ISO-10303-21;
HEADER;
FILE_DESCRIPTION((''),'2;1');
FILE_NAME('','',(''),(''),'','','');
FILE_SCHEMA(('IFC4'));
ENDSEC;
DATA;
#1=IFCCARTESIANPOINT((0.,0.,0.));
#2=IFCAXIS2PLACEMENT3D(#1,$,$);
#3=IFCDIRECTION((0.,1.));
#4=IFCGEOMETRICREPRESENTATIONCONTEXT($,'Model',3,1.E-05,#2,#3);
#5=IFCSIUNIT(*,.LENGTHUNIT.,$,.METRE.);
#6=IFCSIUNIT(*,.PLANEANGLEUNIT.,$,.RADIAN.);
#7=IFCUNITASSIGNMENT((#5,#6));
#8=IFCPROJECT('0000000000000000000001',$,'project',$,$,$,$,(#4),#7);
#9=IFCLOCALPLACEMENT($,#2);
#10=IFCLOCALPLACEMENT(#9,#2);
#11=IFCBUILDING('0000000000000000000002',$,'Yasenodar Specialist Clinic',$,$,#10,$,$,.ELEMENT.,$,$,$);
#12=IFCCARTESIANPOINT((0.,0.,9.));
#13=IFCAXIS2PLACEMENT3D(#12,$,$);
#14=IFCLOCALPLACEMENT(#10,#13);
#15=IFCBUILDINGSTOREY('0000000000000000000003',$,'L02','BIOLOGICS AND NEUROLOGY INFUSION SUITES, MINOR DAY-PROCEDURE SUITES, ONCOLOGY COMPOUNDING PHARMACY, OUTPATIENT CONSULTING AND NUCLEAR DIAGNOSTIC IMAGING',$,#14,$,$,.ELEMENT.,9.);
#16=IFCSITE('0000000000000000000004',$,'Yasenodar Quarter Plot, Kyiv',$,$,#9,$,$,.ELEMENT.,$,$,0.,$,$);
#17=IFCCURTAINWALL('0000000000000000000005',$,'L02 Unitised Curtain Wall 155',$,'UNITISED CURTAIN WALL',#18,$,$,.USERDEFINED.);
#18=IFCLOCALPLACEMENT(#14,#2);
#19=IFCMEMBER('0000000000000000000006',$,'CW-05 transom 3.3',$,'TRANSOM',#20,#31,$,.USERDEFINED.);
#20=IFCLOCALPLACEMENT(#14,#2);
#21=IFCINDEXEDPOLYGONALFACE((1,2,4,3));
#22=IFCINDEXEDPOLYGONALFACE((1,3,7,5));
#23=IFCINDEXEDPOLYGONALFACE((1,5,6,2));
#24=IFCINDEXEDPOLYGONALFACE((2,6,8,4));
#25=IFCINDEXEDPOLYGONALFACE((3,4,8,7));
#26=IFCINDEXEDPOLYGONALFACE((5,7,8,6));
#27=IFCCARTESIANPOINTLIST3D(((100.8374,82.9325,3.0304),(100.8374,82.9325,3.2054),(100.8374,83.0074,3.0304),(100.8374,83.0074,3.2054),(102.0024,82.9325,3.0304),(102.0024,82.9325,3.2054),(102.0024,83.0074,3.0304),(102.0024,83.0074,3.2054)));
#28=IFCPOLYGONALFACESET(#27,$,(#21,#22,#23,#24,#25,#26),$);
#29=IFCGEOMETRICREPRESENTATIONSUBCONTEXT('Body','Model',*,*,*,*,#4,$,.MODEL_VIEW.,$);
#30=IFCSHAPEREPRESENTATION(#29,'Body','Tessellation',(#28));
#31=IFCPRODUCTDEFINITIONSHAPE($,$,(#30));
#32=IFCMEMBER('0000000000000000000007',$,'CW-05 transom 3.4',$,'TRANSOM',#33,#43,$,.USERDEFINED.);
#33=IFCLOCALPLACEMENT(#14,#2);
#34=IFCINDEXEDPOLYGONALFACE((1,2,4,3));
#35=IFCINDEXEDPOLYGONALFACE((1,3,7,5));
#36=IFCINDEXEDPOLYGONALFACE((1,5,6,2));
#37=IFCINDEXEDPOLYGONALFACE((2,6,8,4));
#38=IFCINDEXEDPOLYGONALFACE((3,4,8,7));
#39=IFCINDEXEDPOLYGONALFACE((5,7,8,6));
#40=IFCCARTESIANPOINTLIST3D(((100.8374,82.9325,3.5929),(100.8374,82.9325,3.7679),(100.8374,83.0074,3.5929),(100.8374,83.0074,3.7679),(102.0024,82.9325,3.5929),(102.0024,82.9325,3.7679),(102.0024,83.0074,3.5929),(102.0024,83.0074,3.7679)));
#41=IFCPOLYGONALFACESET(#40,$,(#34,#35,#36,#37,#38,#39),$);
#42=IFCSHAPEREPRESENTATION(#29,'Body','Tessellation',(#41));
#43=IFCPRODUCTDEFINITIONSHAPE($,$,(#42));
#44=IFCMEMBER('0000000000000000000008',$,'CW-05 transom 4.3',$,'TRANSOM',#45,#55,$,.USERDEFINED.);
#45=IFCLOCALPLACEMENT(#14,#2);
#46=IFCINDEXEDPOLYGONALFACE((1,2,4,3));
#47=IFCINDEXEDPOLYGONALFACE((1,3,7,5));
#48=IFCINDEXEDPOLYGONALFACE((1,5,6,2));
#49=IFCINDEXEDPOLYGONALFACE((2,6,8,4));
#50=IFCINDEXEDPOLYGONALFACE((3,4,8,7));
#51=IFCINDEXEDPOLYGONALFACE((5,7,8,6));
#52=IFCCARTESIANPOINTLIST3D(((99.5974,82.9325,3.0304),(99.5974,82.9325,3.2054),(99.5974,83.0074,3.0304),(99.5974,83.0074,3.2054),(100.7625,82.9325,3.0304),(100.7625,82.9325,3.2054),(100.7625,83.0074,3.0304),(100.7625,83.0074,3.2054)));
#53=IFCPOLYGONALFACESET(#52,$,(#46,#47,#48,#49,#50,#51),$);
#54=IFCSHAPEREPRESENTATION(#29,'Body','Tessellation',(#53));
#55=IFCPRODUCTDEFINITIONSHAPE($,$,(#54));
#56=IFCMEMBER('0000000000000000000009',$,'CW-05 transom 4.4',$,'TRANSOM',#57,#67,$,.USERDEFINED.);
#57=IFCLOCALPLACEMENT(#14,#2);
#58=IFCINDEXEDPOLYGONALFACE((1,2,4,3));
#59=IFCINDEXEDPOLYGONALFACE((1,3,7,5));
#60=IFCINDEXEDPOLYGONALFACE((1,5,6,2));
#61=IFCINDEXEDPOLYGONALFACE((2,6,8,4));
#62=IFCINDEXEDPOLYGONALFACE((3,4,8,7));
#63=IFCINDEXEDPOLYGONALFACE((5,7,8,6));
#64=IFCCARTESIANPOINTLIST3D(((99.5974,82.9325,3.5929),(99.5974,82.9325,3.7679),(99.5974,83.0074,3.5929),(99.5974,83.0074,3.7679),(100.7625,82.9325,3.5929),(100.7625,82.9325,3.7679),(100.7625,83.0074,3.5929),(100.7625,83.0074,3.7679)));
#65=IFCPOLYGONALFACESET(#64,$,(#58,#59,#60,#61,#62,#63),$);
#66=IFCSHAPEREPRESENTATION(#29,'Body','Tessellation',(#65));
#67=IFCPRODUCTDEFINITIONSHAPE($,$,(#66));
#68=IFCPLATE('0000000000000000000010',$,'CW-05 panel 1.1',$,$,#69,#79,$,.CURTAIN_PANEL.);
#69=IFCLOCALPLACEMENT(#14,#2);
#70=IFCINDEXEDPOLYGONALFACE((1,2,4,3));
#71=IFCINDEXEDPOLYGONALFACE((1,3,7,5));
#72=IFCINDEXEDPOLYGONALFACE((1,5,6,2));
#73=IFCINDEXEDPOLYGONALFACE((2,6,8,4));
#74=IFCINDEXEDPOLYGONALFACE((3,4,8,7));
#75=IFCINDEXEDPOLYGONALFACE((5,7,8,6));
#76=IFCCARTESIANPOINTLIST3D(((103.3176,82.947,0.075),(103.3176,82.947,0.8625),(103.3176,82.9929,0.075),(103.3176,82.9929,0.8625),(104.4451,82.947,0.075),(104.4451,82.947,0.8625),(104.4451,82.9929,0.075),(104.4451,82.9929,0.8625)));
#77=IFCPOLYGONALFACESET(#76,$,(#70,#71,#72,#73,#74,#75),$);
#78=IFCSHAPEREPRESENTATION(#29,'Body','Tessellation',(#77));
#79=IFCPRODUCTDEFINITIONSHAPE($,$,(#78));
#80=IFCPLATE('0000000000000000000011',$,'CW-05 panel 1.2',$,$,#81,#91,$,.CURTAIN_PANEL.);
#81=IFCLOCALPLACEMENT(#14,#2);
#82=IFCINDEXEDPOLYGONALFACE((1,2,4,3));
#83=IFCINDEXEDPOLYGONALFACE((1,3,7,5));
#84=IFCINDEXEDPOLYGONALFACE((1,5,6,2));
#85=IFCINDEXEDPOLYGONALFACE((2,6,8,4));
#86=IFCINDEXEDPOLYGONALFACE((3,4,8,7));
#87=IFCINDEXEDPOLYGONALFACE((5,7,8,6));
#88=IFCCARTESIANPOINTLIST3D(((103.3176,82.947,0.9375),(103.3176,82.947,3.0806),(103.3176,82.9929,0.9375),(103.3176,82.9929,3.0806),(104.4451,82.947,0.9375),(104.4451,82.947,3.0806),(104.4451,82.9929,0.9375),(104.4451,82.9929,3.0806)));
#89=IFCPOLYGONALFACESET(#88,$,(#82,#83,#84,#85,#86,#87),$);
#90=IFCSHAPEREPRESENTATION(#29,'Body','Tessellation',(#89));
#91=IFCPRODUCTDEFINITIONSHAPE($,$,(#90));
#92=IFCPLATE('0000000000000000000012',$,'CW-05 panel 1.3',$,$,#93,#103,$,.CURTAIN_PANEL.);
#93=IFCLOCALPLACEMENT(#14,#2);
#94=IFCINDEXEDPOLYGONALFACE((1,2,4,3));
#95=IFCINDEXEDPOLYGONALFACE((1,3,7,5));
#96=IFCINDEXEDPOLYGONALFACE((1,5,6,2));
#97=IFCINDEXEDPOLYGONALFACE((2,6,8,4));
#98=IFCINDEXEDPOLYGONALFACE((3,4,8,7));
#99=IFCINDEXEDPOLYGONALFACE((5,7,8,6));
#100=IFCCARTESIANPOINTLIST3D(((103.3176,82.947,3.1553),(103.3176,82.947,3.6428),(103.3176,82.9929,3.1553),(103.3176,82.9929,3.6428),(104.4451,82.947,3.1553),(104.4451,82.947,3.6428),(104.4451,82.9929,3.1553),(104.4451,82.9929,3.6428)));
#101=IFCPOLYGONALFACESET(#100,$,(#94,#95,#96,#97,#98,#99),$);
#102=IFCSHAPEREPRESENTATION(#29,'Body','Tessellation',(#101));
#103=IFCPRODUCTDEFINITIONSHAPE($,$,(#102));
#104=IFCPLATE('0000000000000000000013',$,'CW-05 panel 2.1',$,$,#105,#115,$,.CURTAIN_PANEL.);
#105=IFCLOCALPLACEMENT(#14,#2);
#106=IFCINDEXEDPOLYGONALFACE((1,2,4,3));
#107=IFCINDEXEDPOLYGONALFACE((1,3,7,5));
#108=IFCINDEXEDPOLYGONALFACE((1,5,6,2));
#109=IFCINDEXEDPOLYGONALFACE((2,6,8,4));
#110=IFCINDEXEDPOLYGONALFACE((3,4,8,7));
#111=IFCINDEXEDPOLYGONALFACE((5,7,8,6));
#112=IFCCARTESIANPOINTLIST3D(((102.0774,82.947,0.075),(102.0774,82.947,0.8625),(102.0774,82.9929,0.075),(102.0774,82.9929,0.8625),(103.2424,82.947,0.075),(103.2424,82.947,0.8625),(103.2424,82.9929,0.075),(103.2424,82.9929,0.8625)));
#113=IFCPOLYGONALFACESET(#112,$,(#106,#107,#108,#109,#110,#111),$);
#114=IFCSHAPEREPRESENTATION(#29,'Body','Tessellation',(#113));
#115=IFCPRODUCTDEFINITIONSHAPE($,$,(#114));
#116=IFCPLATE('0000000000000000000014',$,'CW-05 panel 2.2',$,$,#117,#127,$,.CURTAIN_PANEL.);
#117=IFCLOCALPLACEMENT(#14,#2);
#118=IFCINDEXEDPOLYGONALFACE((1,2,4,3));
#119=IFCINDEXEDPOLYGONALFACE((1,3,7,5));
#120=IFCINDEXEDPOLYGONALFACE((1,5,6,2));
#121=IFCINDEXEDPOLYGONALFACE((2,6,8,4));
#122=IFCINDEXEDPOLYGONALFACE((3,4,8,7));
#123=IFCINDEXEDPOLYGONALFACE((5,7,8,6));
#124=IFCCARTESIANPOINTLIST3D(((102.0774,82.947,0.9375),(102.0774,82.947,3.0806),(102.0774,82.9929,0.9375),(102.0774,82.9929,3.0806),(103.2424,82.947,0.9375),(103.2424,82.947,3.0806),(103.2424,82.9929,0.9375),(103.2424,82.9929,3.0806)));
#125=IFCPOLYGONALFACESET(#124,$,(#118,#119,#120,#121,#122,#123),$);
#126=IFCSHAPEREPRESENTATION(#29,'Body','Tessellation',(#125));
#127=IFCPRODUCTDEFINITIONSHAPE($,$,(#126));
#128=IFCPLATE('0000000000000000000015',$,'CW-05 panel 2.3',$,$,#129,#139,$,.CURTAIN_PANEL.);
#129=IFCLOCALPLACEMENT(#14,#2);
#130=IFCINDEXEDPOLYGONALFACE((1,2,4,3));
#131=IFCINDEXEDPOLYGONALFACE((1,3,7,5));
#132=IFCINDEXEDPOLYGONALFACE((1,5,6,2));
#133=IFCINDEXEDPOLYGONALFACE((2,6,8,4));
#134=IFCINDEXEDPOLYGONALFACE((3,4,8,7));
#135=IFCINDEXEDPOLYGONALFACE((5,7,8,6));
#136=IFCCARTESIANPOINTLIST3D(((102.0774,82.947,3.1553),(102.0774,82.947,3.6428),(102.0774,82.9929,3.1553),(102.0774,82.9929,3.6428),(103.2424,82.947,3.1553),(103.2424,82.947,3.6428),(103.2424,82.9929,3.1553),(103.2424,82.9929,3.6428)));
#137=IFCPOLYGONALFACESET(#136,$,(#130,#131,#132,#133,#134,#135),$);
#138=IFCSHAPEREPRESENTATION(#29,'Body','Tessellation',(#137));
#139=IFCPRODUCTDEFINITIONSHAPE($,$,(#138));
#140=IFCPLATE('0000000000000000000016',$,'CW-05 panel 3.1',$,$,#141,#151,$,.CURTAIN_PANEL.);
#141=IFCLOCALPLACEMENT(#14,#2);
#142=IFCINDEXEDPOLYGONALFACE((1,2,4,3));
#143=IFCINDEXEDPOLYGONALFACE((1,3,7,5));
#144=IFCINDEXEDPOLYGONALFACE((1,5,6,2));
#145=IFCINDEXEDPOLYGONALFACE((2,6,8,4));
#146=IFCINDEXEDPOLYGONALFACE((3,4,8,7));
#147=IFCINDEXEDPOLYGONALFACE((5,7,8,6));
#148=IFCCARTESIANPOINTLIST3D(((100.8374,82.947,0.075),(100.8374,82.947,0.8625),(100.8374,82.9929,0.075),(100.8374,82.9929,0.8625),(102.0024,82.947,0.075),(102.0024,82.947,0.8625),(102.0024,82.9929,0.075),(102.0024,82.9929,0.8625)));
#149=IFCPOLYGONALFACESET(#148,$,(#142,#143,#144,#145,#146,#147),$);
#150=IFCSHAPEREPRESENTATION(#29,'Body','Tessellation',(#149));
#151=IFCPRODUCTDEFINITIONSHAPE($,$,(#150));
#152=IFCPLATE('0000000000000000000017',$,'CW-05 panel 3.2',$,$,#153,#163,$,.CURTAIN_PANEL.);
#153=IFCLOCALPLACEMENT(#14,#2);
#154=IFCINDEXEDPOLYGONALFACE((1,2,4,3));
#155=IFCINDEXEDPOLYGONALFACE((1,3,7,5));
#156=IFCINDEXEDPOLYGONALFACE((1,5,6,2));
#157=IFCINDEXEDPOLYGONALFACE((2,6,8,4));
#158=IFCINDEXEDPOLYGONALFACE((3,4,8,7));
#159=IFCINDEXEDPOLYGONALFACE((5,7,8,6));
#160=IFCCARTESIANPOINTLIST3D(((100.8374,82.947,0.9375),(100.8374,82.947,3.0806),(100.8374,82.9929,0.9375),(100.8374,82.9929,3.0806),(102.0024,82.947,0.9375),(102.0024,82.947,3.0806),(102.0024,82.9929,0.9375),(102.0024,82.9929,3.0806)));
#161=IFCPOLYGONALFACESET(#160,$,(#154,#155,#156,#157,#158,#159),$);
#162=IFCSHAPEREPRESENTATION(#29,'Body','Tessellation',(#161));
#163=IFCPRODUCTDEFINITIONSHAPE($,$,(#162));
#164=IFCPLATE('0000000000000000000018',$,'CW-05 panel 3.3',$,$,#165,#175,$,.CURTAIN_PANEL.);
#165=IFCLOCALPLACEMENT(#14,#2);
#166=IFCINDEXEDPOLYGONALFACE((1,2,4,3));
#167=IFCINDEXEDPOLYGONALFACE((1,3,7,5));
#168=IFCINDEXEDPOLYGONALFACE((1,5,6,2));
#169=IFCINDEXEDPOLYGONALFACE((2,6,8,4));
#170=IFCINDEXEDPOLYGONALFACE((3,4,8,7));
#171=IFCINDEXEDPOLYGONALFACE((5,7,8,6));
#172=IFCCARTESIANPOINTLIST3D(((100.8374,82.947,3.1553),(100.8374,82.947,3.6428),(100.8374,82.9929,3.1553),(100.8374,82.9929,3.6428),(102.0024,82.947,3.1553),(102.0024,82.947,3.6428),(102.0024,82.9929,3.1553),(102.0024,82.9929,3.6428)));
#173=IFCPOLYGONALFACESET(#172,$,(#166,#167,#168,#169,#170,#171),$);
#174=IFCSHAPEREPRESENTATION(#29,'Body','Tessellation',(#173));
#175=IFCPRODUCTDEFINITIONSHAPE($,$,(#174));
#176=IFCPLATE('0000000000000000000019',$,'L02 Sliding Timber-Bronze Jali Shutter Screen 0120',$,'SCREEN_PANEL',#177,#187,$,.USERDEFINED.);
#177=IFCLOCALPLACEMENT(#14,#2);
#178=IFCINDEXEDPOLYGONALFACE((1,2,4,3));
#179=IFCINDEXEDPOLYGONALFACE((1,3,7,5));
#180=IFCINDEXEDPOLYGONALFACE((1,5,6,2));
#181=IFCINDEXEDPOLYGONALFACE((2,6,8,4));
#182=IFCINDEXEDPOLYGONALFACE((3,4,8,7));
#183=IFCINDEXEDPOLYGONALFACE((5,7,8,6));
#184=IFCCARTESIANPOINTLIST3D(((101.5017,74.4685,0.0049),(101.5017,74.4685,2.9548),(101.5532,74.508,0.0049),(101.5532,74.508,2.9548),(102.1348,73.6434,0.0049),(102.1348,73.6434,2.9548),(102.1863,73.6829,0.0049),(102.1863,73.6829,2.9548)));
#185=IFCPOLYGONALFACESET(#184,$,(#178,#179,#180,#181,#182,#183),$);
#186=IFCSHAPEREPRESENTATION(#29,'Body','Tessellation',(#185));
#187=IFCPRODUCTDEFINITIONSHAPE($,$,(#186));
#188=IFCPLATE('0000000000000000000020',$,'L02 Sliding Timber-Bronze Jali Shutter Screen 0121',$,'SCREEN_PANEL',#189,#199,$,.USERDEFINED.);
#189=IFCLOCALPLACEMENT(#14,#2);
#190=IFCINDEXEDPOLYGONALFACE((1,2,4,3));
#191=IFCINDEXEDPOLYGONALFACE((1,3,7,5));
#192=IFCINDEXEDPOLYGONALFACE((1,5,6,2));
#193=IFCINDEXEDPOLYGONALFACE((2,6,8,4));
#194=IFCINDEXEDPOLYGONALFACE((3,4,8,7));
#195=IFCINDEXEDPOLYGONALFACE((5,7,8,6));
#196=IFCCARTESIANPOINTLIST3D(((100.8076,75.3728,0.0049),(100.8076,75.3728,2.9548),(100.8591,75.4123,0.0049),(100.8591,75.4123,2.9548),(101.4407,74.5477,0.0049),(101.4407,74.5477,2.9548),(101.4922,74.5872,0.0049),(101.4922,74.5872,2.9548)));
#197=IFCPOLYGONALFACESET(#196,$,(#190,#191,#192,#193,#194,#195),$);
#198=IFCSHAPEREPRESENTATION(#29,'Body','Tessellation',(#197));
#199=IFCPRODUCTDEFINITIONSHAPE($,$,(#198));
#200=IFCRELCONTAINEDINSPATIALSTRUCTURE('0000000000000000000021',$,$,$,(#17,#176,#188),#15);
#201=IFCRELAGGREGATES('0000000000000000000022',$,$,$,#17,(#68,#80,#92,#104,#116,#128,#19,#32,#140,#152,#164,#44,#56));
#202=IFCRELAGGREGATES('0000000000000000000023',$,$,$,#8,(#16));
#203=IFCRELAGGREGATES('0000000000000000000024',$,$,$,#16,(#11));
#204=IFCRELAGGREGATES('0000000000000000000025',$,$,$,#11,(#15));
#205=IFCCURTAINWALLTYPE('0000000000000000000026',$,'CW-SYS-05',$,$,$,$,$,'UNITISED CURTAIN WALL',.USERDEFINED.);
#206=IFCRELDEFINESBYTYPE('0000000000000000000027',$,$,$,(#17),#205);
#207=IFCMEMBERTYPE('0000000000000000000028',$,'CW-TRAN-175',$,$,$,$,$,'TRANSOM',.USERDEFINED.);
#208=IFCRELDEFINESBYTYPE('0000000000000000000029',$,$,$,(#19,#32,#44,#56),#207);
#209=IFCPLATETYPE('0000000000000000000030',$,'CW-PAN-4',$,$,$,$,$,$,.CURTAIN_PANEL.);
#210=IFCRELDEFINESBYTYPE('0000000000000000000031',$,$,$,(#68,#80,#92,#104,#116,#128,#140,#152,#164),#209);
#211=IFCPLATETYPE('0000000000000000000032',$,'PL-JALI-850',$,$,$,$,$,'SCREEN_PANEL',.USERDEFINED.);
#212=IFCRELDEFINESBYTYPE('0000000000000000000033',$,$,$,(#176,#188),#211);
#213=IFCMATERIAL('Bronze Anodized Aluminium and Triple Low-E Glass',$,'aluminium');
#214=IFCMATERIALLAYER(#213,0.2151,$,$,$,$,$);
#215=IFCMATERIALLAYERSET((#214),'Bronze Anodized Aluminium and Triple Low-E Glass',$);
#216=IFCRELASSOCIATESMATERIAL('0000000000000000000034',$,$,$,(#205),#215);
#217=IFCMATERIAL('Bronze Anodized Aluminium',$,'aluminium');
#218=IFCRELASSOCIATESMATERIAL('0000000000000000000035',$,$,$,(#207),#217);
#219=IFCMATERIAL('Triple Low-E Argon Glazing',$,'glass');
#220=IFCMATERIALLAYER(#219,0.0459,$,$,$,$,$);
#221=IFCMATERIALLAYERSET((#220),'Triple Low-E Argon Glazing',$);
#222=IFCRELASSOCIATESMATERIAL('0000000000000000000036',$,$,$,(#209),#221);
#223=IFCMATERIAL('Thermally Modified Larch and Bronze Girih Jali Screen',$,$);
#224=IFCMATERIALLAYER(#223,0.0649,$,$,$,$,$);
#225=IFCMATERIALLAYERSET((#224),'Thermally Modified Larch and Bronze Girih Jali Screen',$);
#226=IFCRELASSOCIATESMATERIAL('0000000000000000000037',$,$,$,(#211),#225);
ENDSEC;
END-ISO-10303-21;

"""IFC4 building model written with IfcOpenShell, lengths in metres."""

from ifc_helpers import new_model, si_unit, direction, frame, origin, origin_2d, place, context, subcontext, project, spatial, rectangle, extrude, material, layer, layer_set, material_profile, profile_set, type_object, element, aggregate, save


model = new_model("IFC4")

# Units and contexts
model_context = context("Model", 3, precision=1e-05, world=origin(), true_north=direction((0.0, 1.0)))
body_context = subcontext(model_context, "Body", "Model", "MODEL_VIEW")
ifc_project = project(units=[si_unit("LENGTHUNIT", "METRE"), si_unit("PLANEANGLEUNIT", "RADIAN")], contexts=[model_context])

# Site, building, storey
site_placement = place(None, origin())
site = spatial("IfcSite", under=ifc_project, at=site_placement, Name="Yasenodar Quarter Plot, Kyiv", CompositionType="ELEMENT", RefElevation=0.0)
building_placement = place(site_placement, origin())
building = spatial("IfcBuilding", under=site, at=building_placement, Name="Yasenodar Specialist Clinic", CompositionType="ELEMENT")
storey_placement = place(building_placement, frame((0.0, 0.0, 9.0)))
storey = spatial("IfcBuildingStorey", under=building, at=storey_placement, Name="L02", Description="BIOLOGICS AND NEUROLOGY INFUSION SUITES, MINOR DAY-PROCEDURE SUITES, ONCOLOGY COMPOUNDING PHARMACY, OUTPATIENT CONSULTING AND NUCLEAR DIAGNOSTIC IMAGING", CompositionType="ELEMENT", Elevation=9.0)

# Curtain wall, members, plates
ifc_material_1 = material(Name="Bronze Anodized Aluminium and Triple Low-E Glass", Category="aluminium")
ifc_layer_1 = layer(ifc_material_1, 0.2151)
ifc_layer_set_1 = layer_set([ifc_layer_1], Name="Bronze Anodized Aluminium and Triple Low-E Glass")
curtain_wall_type = type_object("IfcCurtainWallType", Name="CW-SYS-05", ElementType="UNITISED CURTAIN WALL", PredefinedType="USERDEFINED", material=ifc_layer_set_1)
curtain_wall_placement = place(storey_placement, origin())
curtain_wall = element("IfcCurtainWall", 1, at=curtain_wall_placement, inside=storey, type_object=curtain_wall_type, Name="L02 Unitised Curtain Wall 155", ObjectType="UNITISED CURTAIN WALL", PredefinedType="USERDEFINED")
ifc_material_2 = material(Name="Bronze Anodized Aluminium", Category="aluminium")
ifc_material_profile_1 = material_profile(ifc_material_2, rectangle(XDim=0.075, YDim=0.175, at=origin_2d()), Name="CW-TRAN 75x175")
ifc_profile_set_1 = profile_set([ifc_material_profile_1], Name="Bronze Anodized Aluminium")
member_type_1 = type_object("IfcMemberType", Name="CW-TRAN-175", ElementType="TRANSOM", PredefinedType="USERDEFINED", material=ifc_profile_set_1)
member_1_placement = place(storey_placement, frame((102.0024, 82.97, 3.1179), z_axis=(-1.0, 0.0, 0.0), x_axis=(0.0, -1.0, 0.0)))
member_1 = element("IfcMember", 2, at=member_1_placement, type_object=member_type_1, Name="CW-05 transom 3.3", ObjectType="TRANSOM", PredefinedType="USERDEFINED", context=body_context, shape_type="SweptSolid", body=[
    extrude(rectangle(XDim=0.075, YDim=0.175, at=origin_2d()), origin(), (0.0, 0.0, 1.0), 1.165),
])
member_2_placement = place(storey_placement, frame((102.0024, 82.97, 3.6804), z_axis=(-1.0, 0.0, 0.0), x_axis=(0.0, -1.0, 0.0)))
member_2 = element("IfcMember", 3, at=member_2_placement, type_object=member_type_1, Name="CW-05 transom 3.4", ObjectType="TRANSOM", PredefinedType="USERDEFINED", context=body_context, shape_type="SweptSolid", body=[
    extrude(rectangle(XDim=0.075, YDim=0.175, at=origin_2d()), origin(), (0.0, 0.0, 1.0), 1.165),
])
member_3_placement = place(storey_placement, frame((100.7625, 82.97, 3.1179), z_axis=(-1.0, 0.0, 0.0), x_axis=(0.0, -1.0, 0.0)))
member_3 = element("IfcMember", 4, at=member_3_placement, type_object=member_type_1, Name="CW-05 transom 4.3", ObjectType="TRANSOM", PredefinedType="USERDEFINED", context=body_context, shape_type="SweptSolid", body=[
    extrude(rectangle(XDim=0.075, YDim=0.175, at=origin_2d()), origin(), (0.0, 0.0, 1.0), 1.165),
])
member_4_placement = place(storey_placement, frame((100.7625, 82.97, 3.6804), z_axis=(-1.0, 0.0, 0.0), x_axis=(0.0, -1.0, 0.0)))
member_4 = element("IfcMember", 5, at=member_4_placement, type_object=member_type_1, Name="CW-05 transom 4.4", ObjectType="TRANSOM", PredefinedType="USERDEFINED", context=body_context, shape_type="SweptSolid", body=[
    extrude(rectangle(XDim=0.075, YDim=0.175, at=origin_2d()), origin(), (0.0, 0.0, 1.0), 1.165),
])
ifc_material_3 = material(Name="Triple Low-E Argon Glazing", Category="glass")
ifc_layer_2 = layer(ifc_material_3, 0.0459)
ifc_layer_set_2 = layer_set([ifc_layer_2], Name="Triple Low-E Argon Glazing")
plate_type_1 = type_object("IfcPlateType", Name="CW-PAN-4", PredefinedType="CURTAIN_PANEL", material=ifc_layer_set_2)
plate_1_placement = place(storey_placement, frame((103.8813, 82.97, 0.075), z_axis=(0.0, 0.0, 1.0), x_axis=(-1.0, 0.0, 0.0)))
plate_1 = element("IfcPlate", 6, at=plate_1_placement, type_object=plate_type_1, Name="CW-05 panel 1.1", PredefinedType="CURTAIN_PANEL", context=body_context, shape_type="SweptSolid", body=[
    extrude(rectangle(XDim=1.1274, YDim=0.0459, at=origin_2d()), origin(), (0.0, 0.0, 1.0), 0.7876),
])
plate_2_placement = place(storey_placement, frame((103.8813, 82.97, 0.9375), z_axis=(0.0, 0.0, 1.0), x_axis=(-1.0, 0.0, 0.0)))
plate_2 = element("IfcPlate", 7, at=plate_2_placement, type_object=plate_type_1, Name="CW-05 panel 1.2", PredefinedType="CURTAIN_PANEL", context=body_context, shape_type="SweptSolid", body=[
    extrude(rectangle(XDim=1.1274, YDim=0.0459, at=origin_2d()), origin(), (0.0, 0.0, 1.0), 2.1431),
])
plate_3_placement = place(storey_placement, frame((103.8813, 82.97, 3.1553), z_axis=(0.0, 0.0, 1.0), x_axis=(-1.0, 0.0, 0.0)))
plate_3 = element("IfcPlate", 8, at=plate_3_placement, type_object=plate_type_1, Name="CW-05 panel 1.3", PredefinedType="CURTAIN_PANEL", context=body_context, shape_type="SweptSolid", body=[
    extrude(rectangle(XDim=1.1274, YDim=0.0459, at=origin_2d()), origin(), (0.0, 0.0, 1.0), 0.4875),
])
plate_4_placement = place(storey_placement, frame((102.6599, 82.97, 0.075), z_axis=(0.0, 0.0, 1.0), x_axis=(-1.0, 0.0, 0.0)))
plate_4 = element("IfcPlate", 9, at=plate_4_placement, type_object=plate_type_1, Name="CW-05 panel 2.1", PredefinedType="CURTAIN_PANEL", context=body_context, shape_type="SweptSolid", body=[
    extrude(rectangle(XDim=1.165, YDim=0.0459, at=origin_2d()), origin(), (0.0, 0.0, 1.0), 0.7876),
])
plate_5_placement = place(storey_placement, frame((102.6599, 82.97, 0.9375), z_axis=(0.0, 0.0, 1.0), x_axis=(-1.0, 0.0, 0.0)))
plate_5 = element("IfcPlate", 10, at=plate_5_placement, type_object=plate_type_1, Name="CW-05 panel 2.2", PredefinedType="CURTAIN_PANEL", context=body_context, shape_type="SweptSolid", body=[
    extrude(rectangle(XDim=1.165, YDim=0.0459, at=origin_2d()), origin(), (0.0, 0.0, 1.0), 2.1431),
])
plate_6_placement = place(storey_placement, frame((102.6599, 82.97, 3.1553), z_axis=(0.0, 0.0, 1.0), x_axis=(-1.0, 0.0, 0.0)))
plate_6 = element("IfcPlate", 11, at=plate_6_placement, type_object=plate_type_1, Name="CW-05 panel 2.3", PredefinedType="CURTAIN_PANEL", context=body_context, shape_type="SweptSolid", body=[
    extrude(rectangle(XDim=1.165, YDim=0.0459, at=origin_2d()), origin(), (0.0, 0.0, 1.0), 0.4875),
])
plate_7_placement = place(storey_placement, frame((101.4199, 82.97, 0.075), z_axis=(0.0, 0.0, 1.0), x_axis=(-1.0, 0.0, 0.0)))
plate_7 = element("IfcPlate", 12, at=plate_7_placement, type_object=plate_type_1, Name="CW-05 panel 3.1", PredefinedType="CURTAIN_PANEL", context=body_context, shape_type="SweptSolid", body=[
    extrude(rectangle(XDim=1.165, YDim=0.0459, at=origin_2d()), origin(), (0.0, 0.0, 1.0), 0.7876),
])
plate_8_placement = place(storey_placement, frame((101.4199, 82.97, 0.9375), z_axis=(0.0, 0.0, 1.0), x_axis=(-1.0, 0.0, 0.0)))
plate_8 = element("IfcPlate", 13, at=plate_8_placement, type_object=plate_type_1, Name="CW-05 panel 3.2", PredefinedType="CURTAIN_PANEL", context=body_context, shape_type="SweptSolid", body=[
    extrude(rectangle(XDim=1.165, YDim=0.0459, at=origin_2d()), origin(), (0.0, 0.0, 1.0), 2.1431),
])
plate_9_placement = place(storey_placement, frame((101.4199, 82.97, 3.1553), z_axis=(0.0, 0.0, 1.0), x_axis=(-1.0, 0.0, 0.0)))
plate_9 = element("IfcPlate", 14, at=plate_9_placement, type_object=plate_type_1, Name="CW-05 panel 3.3", PredefinedType="CURTAIN_PANEL", context=body_context, shape_type="SweptSolid", body=[
    extrude(rectangle(XDim=1.165, YDim=0.0459, at=origin_2d()), origin(), (0.0, 0.0, 1.0), 0.4875),
])
aggregate(curtain_wall, [plate_1, plate_2, plate_3, plate_4, plate_5, plate_6, member_1, member_2, plate_7, plate_8, plate_9, member_3, member_4])

# Plates
ifc_material_4 = material(Name="Thermally Modified Larch and Bronze Girih Jali Screen")
ifc_layer_3 = layer(ifc_material_4, 0.0649)
ifc_layer_set_3 = layer_set([ifc_layer_3], Name="Thermally Modified Larch and Bronze Girih Jali Screen")
plate_type_2 = type_object("IfcPlateType", Name="PL-JALI-850", ElementType="SCREEN_PANEL", PredefinedType="USERDEFINED", material=ifc_layer_set_3)
for number, where, z_axis, x_axis, name in (
    (15, (101.844, 74.0757, 0.0049), (0.0, 0.0, 1.0), (-0.608764, 0.793351, 0.0), "L02 Sliding Timber-Bronze Jali Shutter Screen 0120"),
    (16, (101.1499, 74.98, 0.0049), (0.0, 0.0, 1.0), (-0.608764, 0.793351, 0.0), "L02 Sliding Timber-Bronze Jali Shutter Screen 0121"),
):
    element("IfcPlate", number, at=place(storey_placement, frame(where, z_axis=z_axis, x_axis=x_axis)), inside=storey, type_object=plate_type_2, Name=name, ObjectType="SCREEN_PANEL", PredefinedType="USERDEFINED", context=body_context, shape_type="SweptSolid", body=[
        extrude(rectangle(XDim=1.04, YDim=0.0649, at=origin_2d()), origin(), (0.0, 0.0, 1.0), 2.95),
    ])

save(model, "model.ifc")
